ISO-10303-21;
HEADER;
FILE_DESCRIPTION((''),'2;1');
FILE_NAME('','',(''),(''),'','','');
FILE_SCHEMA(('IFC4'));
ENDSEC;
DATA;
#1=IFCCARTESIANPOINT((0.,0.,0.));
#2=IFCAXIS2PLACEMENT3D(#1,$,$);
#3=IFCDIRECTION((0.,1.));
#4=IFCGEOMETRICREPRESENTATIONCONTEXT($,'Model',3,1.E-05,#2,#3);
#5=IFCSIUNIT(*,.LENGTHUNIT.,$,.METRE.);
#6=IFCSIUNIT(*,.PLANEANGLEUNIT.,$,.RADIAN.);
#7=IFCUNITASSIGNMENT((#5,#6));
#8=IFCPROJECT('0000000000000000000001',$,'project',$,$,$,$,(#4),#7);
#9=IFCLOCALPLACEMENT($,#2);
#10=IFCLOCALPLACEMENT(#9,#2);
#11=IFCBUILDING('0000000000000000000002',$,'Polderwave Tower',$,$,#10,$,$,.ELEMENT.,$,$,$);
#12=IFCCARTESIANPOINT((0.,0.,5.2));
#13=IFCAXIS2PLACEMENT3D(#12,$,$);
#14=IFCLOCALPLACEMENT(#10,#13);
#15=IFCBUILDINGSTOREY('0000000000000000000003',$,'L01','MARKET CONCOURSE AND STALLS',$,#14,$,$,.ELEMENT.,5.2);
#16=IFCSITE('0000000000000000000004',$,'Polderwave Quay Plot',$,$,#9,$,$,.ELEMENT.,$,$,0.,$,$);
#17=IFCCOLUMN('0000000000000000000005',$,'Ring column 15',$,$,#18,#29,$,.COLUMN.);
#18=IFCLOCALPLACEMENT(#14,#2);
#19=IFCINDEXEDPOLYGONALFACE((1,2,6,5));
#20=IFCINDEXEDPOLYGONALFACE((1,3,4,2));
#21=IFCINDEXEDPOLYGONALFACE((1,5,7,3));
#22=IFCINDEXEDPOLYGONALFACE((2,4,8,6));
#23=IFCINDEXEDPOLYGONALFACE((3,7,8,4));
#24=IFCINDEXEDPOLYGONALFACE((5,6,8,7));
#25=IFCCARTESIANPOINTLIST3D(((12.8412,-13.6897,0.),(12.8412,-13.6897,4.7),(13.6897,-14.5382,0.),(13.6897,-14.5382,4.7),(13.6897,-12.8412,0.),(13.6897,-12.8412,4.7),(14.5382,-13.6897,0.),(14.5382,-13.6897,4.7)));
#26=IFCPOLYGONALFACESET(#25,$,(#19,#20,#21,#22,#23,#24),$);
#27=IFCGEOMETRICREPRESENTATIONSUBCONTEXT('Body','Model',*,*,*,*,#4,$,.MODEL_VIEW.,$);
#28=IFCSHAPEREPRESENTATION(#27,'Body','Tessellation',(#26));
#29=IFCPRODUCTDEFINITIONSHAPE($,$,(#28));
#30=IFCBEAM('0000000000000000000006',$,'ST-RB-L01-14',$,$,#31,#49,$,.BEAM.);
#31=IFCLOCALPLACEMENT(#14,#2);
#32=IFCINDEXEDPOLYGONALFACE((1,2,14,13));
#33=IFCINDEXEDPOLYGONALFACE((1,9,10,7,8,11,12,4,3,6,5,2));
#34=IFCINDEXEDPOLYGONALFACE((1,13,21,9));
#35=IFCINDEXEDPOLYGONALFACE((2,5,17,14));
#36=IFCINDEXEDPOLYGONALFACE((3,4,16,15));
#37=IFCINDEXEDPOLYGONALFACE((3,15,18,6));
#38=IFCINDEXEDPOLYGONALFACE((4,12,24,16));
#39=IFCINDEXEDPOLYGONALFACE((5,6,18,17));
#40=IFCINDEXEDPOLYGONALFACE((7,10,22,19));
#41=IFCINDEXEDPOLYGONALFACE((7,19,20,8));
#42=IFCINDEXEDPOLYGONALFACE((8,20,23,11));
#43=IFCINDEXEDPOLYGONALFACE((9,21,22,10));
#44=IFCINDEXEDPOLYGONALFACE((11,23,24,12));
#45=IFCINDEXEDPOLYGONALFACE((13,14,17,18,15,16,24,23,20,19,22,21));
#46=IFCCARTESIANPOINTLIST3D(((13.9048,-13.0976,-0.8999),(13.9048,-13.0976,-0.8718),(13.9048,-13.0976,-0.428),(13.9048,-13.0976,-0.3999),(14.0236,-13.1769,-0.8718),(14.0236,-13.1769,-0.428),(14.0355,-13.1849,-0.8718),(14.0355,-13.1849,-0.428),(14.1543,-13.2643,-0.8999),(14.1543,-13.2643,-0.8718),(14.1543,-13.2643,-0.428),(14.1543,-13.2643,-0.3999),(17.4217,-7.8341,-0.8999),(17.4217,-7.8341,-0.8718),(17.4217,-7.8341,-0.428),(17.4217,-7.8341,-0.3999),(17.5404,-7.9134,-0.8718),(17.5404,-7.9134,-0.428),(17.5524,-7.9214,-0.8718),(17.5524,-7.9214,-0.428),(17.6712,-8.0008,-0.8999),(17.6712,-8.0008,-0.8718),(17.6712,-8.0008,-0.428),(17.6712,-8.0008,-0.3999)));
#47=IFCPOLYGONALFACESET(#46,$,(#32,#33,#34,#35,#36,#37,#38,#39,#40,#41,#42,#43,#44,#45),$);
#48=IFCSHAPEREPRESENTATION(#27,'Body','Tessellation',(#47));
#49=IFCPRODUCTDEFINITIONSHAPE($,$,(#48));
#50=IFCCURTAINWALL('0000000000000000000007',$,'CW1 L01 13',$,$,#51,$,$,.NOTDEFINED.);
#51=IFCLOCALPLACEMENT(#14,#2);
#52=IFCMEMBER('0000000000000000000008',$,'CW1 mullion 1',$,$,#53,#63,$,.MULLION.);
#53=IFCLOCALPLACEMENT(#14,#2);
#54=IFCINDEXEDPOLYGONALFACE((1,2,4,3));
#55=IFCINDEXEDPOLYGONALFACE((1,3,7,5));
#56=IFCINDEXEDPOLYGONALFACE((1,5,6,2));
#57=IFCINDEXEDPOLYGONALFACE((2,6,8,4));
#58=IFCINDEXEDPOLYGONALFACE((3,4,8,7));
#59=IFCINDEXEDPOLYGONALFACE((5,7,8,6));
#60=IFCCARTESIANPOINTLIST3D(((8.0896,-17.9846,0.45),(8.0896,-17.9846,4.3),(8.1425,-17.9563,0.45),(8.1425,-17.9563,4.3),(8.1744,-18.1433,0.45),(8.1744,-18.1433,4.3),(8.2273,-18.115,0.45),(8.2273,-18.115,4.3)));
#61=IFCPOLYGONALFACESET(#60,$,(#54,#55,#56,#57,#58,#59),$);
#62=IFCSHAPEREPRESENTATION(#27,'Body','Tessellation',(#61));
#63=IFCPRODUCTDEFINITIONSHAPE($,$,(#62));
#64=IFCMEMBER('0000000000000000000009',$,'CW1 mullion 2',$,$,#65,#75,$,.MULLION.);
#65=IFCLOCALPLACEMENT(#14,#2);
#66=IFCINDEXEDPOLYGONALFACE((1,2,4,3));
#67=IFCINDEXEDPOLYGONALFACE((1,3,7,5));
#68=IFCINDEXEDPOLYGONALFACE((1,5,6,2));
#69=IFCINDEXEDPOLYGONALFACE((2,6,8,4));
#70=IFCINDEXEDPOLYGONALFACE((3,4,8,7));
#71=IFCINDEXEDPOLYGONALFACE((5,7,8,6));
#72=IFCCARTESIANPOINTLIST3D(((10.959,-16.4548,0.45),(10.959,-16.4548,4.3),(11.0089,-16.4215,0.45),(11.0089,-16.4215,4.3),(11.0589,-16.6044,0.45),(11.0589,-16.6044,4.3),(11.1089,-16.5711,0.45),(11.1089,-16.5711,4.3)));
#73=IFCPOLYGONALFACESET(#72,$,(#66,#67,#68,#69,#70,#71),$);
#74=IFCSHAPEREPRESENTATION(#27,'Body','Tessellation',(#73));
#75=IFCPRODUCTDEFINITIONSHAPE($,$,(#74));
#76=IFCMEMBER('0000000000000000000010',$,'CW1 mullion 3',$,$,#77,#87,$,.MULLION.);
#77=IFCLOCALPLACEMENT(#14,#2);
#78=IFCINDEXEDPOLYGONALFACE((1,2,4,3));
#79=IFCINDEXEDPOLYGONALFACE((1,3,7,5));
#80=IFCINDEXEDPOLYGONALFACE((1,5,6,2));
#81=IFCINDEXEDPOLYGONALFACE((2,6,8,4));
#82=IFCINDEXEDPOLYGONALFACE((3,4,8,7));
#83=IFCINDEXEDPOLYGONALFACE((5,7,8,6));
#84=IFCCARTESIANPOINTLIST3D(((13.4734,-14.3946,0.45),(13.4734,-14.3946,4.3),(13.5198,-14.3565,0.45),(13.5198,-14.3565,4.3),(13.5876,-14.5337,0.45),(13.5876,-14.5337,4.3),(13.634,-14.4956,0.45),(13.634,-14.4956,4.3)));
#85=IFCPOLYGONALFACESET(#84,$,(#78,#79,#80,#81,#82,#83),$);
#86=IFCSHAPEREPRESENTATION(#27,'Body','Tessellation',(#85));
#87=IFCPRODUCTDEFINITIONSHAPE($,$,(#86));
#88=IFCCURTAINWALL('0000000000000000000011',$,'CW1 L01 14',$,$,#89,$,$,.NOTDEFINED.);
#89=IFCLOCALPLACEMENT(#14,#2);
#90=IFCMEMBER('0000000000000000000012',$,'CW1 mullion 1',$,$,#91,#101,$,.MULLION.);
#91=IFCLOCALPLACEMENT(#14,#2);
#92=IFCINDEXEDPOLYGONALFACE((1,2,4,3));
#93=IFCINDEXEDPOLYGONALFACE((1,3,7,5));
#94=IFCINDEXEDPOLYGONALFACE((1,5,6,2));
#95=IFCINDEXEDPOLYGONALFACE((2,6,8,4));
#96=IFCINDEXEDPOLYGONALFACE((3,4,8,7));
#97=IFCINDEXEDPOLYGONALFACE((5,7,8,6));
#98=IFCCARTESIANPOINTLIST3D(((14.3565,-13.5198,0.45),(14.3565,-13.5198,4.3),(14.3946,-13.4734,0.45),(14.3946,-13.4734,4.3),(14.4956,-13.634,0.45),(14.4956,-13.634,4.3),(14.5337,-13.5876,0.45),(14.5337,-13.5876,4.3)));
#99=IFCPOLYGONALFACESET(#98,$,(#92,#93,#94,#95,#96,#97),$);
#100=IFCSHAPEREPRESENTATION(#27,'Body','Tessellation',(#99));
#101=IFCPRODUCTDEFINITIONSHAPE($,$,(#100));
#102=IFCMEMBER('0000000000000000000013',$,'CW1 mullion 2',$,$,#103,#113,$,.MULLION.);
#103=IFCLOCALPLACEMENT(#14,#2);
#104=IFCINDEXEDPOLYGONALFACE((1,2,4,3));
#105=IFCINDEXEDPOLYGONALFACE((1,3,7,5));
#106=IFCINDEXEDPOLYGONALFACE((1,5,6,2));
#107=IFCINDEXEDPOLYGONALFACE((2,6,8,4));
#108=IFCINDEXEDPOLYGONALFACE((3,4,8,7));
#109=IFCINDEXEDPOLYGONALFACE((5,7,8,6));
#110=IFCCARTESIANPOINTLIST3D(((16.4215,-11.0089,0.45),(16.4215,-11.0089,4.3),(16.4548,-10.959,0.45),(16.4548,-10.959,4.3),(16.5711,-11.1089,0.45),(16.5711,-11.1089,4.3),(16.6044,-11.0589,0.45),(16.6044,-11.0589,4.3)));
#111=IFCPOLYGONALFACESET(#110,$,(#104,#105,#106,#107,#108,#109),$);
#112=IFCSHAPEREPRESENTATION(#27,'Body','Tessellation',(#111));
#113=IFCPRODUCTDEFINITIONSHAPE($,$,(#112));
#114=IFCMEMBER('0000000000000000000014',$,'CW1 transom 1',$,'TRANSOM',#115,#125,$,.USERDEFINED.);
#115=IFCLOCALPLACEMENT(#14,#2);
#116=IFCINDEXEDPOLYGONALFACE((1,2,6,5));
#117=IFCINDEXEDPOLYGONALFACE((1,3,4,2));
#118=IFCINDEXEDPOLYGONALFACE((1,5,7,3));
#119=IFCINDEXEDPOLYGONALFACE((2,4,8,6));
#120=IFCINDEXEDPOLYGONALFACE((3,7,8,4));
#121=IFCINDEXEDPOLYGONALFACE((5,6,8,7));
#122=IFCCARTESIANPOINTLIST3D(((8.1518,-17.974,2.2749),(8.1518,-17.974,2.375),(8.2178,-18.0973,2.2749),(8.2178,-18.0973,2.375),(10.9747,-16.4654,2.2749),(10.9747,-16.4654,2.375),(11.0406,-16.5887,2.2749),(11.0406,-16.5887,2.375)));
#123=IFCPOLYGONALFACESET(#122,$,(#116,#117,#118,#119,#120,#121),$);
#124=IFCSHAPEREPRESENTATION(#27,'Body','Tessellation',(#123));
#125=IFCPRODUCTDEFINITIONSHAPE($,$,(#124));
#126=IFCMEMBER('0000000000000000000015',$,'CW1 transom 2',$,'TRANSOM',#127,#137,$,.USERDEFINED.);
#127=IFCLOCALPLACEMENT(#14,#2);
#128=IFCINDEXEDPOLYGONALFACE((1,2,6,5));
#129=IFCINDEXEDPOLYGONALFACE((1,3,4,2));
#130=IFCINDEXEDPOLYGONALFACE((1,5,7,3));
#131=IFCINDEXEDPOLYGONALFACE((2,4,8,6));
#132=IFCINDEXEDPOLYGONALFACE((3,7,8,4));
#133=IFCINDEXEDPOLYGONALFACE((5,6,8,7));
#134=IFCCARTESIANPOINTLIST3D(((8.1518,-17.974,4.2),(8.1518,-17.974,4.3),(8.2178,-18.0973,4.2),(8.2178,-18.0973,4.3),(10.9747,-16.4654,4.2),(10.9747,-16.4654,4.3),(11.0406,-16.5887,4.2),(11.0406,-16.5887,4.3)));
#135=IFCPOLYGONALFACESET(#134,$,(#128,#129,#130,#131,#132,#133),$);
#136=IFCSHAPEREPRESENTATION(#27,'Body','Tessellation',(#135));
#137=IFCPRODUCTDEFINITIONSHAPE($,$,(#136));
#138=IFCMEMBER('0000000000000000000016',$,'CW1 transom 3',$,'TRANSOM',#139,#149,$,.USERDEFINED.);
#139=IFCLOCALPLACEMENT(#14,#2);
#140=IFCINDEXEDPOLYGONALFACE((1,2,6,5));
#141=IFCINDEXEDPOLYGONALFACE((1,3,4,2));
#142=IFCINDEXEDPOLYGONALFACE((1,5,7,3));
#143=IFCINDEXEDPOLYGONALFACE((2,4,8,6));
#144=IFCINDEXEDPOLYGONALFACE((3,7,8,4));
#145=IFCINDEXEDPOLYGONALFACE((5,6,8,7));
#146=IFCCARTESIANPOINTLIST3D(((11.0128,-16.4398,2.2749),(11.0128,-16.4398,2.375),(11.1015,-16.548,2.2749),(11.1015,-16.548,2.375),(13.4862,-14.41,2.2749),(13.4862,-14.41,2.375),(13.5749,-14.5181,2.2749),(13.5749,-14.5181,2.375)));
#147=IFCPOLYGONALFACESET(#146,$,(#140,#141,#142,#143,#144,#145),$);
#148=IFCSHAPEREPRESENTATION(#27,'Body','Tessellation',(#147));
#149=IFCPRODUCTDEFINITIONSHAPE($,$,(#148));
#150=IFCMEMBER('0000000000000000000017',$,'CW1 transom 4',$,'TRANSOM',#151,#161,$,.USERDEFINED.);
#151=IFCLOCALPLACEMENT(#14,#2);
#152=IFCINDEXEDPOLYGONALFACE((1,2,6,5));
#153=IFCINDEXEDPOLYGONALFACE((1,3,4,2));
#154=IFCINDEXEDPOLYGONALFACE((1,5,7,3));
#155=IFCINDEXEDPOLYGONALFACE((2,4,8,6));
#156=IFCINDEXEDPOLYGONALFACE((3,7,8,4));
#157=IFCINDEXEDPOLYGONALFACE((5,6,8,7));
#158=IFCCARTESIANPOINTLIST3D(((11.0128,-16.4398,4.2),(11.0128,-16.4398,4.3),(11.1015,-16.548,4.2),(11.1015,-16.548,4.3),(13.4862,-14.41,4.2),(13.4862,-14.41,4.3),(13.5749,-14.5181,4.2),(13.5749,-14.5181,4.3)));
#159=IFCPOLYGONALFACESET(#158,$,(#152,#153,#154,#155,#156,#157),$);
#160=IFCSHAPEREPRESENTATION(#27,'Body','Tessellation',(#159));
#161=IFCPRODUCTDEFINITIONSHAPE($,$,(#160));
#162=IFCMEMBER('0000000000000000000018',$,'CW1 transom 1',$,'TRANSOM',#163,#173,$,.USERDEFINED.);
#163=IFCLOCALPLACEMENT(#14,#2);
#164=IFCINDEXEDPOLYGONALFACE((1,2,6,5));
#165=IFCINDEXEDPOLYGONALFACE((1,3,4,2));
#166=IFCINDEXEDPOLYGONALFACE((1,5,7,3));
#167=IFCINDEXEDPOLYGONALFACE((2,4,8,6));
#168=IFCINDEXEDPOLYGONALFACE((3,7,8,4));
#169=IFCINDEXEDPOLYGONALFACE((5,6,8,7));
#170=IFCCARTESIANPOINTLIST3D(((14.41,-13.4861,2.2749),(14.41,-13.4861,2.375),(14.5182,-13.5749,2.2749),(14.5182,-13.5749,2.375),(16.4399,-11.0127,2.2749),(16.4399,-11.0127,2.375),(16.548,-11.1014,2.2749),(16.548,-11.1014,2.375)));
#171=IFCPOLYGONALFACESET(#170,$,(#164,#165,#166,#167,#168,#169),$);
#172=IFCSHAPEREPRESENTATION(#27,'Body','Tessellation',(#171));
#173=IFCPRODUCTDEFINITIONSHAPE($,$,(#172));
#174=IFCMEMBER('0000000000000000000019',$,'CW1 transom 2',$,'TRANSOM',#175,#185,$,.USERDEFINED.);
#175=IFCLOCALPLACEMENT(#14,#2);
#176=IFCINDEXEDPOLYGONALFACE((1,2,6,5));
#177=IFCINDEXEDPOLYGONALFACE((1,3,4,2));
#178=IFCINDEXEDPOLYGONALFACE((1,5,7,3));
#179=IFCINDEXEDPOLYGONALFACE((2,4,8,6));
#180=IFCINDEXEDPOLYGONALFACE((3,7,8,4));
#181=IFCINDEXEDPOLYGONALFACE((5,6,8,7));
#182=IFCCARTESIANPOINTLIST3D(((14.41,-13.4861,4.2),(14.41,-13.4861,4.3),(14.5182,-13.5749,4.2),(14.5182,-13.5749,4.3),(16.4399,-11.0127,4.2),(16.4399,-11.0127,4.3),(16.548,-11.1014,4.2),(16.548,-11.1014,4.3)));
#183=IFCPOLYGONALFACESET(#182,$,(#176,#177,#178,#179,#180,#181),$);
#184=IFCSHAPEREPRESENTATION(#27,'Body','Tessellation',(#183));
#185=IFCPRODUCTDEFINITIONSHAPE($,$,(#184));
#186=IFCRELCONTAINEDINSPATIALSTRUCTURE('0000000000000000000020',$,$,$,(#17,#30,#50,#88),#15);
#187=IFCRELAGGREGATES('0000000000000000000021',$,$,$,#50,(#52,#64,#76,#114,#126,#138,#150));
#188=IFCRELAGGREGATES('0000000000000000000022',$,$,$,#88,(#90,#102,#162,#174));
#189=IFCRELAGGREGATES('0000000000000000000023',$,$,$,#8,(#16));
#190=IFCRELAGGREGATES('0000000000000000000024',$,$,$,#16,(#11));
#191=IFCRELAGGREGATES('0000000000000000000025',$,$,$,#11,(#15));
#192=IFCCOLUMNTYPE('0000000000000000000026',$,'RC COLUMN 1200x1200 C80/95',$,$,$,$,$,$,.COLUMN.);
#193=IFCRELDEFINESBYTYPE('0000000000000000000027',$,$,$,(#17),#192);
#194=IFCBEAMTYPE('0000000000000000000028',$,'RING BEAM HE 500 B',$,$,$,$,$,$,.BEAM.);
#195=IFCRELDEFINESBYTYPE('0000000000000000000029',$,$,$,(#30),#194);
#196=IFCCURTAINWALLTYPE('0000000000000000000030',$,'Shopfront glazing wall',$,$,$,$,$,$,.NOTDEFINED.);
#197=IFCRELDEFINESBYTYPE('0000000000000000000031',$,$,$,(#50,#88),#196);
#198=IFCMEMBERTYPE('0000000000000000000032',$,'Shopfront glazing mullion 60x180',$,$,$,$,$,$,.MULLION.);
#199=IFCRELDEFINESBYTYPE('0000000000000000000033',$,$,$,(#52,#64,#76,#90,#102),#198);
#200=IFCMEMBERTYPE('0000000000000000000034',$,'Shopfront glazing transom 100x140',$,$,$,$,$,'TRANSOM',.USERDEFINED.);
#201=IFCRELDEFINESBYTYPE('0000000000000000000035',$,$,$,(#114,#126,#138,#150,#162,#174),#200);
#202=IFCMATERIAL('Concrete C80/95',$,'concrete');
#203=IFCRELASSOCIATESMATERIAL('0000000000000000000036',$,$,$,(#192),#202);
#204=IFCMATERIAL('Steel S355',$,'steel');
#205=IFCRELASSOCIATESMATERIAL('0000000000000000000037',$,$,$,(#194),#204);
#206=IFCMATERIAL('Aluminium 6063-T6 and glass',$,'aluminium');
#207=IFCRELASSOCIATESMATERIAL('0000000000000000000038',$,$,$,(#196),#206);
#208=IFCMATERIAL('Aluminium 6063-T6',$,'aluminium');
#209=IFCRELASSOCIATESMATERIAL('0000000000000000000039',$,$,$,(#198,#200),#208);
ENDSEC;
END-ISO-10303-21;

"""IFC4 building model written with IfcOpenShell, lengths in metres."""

from ifc_helpers import new_model, si_unit, direction, frame, origin, origin_2d, place, context, subcontext, project, spatial, rectangle, i_section, extrude, material, material_profile, profile_set, type_object, element, aggregate, save


model = new_model("IFC4")

# Units and contexts
model_context = context("Model", 3, precision=1e-05, world=origin(), true_north=direction((0.0, 1.0)))
body_context = subcontext(model_context, "Body", "Model", "MODEL_VIEW")
ifc_project = project(units=[si_unit("LENGTHUNIT", "METRE"), si_unit("PLANEANGLEUNIT", "RADIAN")], contexts=[model_context])

# Site, building, storey
site_placement = place(None, origin())
site = spatial("IfcSite", under=ifc_project, at=site_placement, Name="Polderwave Quay Plot", CompositionType="ELEMENT", RefElevation=0.0)
building_placement = place(site_placement, origin())
building = spatial("IfcBuilding", under=site, at=building_placement, Name="Polderwave Tower", CompositionType="ELEMENT")
storey_placement = place(building_placement, frame((0.0, 0.0, 5.2)))
storey = spatial("IfcBuildingStorey", under=building, at=storey_placement, Name="L01", Description="MARKET CONCOURSE AND STALLS", CompositionType="ELEMENT", Elevation=5.2)

# Column
ifc_material_1 = material(Name="Concrete C80/95", Category="concrete")
ifc_material_profile_1 = material_profile(ifc_material_1, rectangle(XDim=1.2, YDim=1.2, at=origin_2d()), Name="RC 1200x1200")
ifc_profile_set_1 = profile_set([ifc_material_profile_1], Name="Concrete C80/95")
column_type = type_object("IfcColumnType", Name="RC COLUMN 1200x1200 C80/95", PredefinedType="COLUMN", material=ifc_profile_set_1)
column_placement = place(storey_placement, frame((13.6897, -13.6897, 0.0), z_axis=(0.0, 0.0, 1.0), x_axis=(0.707107, -0.707107, 0.0)))
element("IfcColumn", 1, at=column_placement, inside=storey, type_object=column_type, Name="Ring column 15", PredefinedType="COLUMN", context=body_context, shape_type="SweptSolid", body=[
    extrude(rectangle(XDim=1.2, YDim=1.2, at=origin_2d()), origin(), (0.0, 0.0, 1.0), 4.7),
])

# Beam
ifc_material_2 = material(Name="Steel S355", Category="steel")
ifc_material_profile_2 = material_profile(ifc_material_2, i_section(OverallWidth=0.3, OverallDepth=0.5, WebThickness=0.0144, FlangeThickness=0.0281, at=origin_2d()), Name="HE 500 B")
ifc_profile_set_2 = profile_set([ifc_material_profile_2], Name="Steel S355")
beam_type = type_object("IfcBeamType", Name="RING BEAM HE 500 B", PredefinedType="BEAM", material=ifc_profile_set_2)
beam_placement = place(storey_placement, frame((14.0295, -13.1809, -0.6499), z_axis=(0.555563, 0.831474, 0.0), x_axis=(-0.831474, 0.555563, 0.0)))
element("IfcBeam", 2, at=beam_placement, inside=storey, type_object=beam_type, Name="ST-RB-L01-14", PredefinedType="BEAM", context=body_context, shape_type="SweptSolid", body=[
    extrude(i_section(OverallWidth=0.3, OverallDepth=0.5, WebThickness=0.0144, FlangeThickness=0.0281, at=origin_2d()), origin(), (0.0, 0.0, 1.0), 6.3303),
])

# Curtain walls, members
ifc_material_3 = material(Name="Aluminium 6063-T6 and glass", Category="aluminium")
curtain_wall_type = type_object("IfcCurtainWallType", Name="Shopfront glazing wall", PredefinedType="NOTDEFINED", material=ifc_material_3)
curtain_wall_1_placement = place(storey_placement, origin())
curtain_wall_1 = element("IfcCurtainWall", 3, at=curtain_wall_1_placement, inside=storey, type_object=curtain_wall_type, Name="CW1 L01 13", PredefinedType="NOTDEFINED")
ifc_material_4 = material(Name="Aluminium 6063-T6", Category="aluminium")
ifc_material_profile_3 = material_profile(ifc_material_4, rectangle(XDim=0.1799, YDim=0.0601, at=origin_2d()), Name="AL 60x180")
ifc_profile_set_3 = profile_set([ifc_material_profile_3], Name="Aluminium 6063-T6")
member_type_1 = type_object("IfcMemberType", Name="Shopfront glazing mullion 60x180", PredefinedType="MULLION", material=ifc_profile_set_3)
member_1_placement = place(storey_placement, frame((8.1584, -18.0498, 0.45), z_axis=(0.0, 0.0, 1.0), x_axis=(-0.471361, 0.88194, 0.0)))
member_1 = element("IfcMember", 4, at=member_1_placement, type_object=member_type_1, Name="CW1 mullion 1", PredefinedType="MULLION", context=body_context, shape_type="SweptSolid", body=[
    extrude(rectangle(XDim=0.1799, YDim=0.0601, at=origin_2d()), origin(), (0.0, 0.0, 1.0), 3.8501),
])
member_2_placement = place(storey_placement, frame((11.0339, -16.5129, 0.45), z_axis=(0.0, 0.0, 1.0), x_axis=(-0.555554, 0.83148, 0.0)))
member_2 = element("IfcMember", 5, at=member_2_placement, type_object=member_type_1, Name="CW1 mullion 2", PredefinedType="MULLION", context=body_context, shape_type="SweptSolid", body=[
    extrude(rectangle(XDim=0.1799, YDim=0.0601, at=origin_2d()), origin(), (0.0, 0.0, 1.0), 3.8501),
])
member_3_placement = place(storey_placement, frame((13.5537, -14.4451, 0.45), z_axis=(0.0, 0.0, 1.0), x_axis=(-0.634396, 0.773008, 0.0)))
member_3 = element("IfcMember", 6, at=member_3_placement, type_object=member_type_1, Name="CW1 mullion 3", PredefinedType="MULLION", context=body_context, shape_type="SweptSolid", body=[
    extrude(rectangle(XDim=0.1799, YDim=0.0601, at=origin_2d()), origin(), (0.0, 0.0, 1.0), 3.8501),
])
curtain_wall_2_placement = place(storey_placement, origin())
curtain_wall_2 = element("IfcCurtainWall", 7, at=curtain_wall_2_placement, inside=storey, type_object=curtain_wall_type, Name="CW1 L01 14", PredefinedType="NOTDEFINED")
member_4_placement = place(storey_placement, frame((14.4451, -13.5537, 0.45), z_axis=(0.0, 0.0, 1.0), x_axis=(-0.773008, 0.634396, 0.0)))
member_4 = element("IfcMember", 8, at=member_4_placement, type_object=member_type_1, Name="CW1 mullion 1", PredefinedType="MULLION", context=body_context, shape_type="SweptSolid", body=[
    extrude(rectangle(XDim=0.1799, YDim=0.0601, at=origin_2d()), origin(), (0.0, 0.0, 1.0), 3.8501),
])
member_5_placement = place(storey_placement, frame((16.5129, -11.0339, 0.45), z_axis=(0.0, 0.0, 1.0), x_axis=(-0.83148, 0.555554, 0.0)))
member_5 = element("IfcMember", 9, at=member_5_placement, type_object=member_type_1, Name="CW1 mullion 2", PredefinedType="MULLION", context=body_context, shape_type="SweptSolid", body=[
    extrude(rectangle(XDim=0.1799, YDim=0.0601, at=origin_2d()), origin(), (0.0, 0.0, 1.0), 3.8501),
])

# Members
ifc_material_profile_4 = material_profile(ifc_material_4, rectangle(XDim=0.1399, YDim=0.1001, at=origin_2d()), Name="AL 100x140")
ifc_profile_set_4 = profile_set([ifc_material_profile_4], Name="Aluminium 6063-T6")
member_type_2 = type_object("IfcMemberType", Name="Shopfront glazing transom 100x140", ElementType="TRANSOM", PredefinedType="USERDEFINED", material=ifc_profile_set_4)
member_6_placement = place(storey_placement, frame((8.1848, -18.0356, 2.325), z_axis=(0.881954, 0.471336, 0.0), x_axis=(-0.471336, 0.881954, 0.0)))
member_6 = element("IfcMember", 10, at=member_6_placement, type_object=member_type_2, Name="CW1 transom 1", ObjectType="TRANSOM", PredefinedType="USERDEFINED", context=body_context, shape_type="SweptSolid", body=[
    extrude(rectangle(XDim=0.1399, YDim=0.1001, at=origin_2d()), origin(), (0.0, 0.0, 1.0), 3.2007),
])
member_7_placement = place(storey_placement, frame((8.1848, -18.0356, 4.25), z_axis=(0.881954, 0.471336, 0.0), x_axis=(-0.471336, 0.881954, 0.0)))
member_7 = element("IfcMember", 11, at=member_7_placement, type_object=member_type_2, Name="CW1 transom 2", ObjectType="TRANSOM", PredefinedType="USERDEFINED", context=body_context, shape_type="SweptSolid", body=[
    extrude(rectangle(XDim=0.1399, YDim=0.1001, at=origin_2d()), origin(), (0.0, 0.0, 1.0), 3.2007),
])
member_8_placement = place(storey_placement, frame((11.0571, -16.4939, 2.325), z_axis=(0.773022, 0.63438, 0.0), x_axis=(-0.63438, 0.773022, 0.0)))
member_8 = element("IfcMember", 12, at=member_8_placement, type_object=member_type_2, Name="CW1 transom 3", ObjectType="TRANSOM", PredefinedType="USERDEFINED", context=body_context, shape_type="SweptSolid", body=[
    extrude(rectangle(XDim=0.1399, YDim=0.1001, at=origin_2d()), origin(), (0.0, 0.0, 1.0), 3.1997),
])
member_9_placement = place(storey_placement, frame((11.0571, -16.4939, 4.25), z_axis=(0.773022, 0.63438, 0.0), x_axis=(-0.63438, 0.773022, 0.0)))
member_9 = element("IfcMember", 13, at=member_9_placement, type_object=member_type_2, Name="CW1 transom 4", ObjectType="TRANSOM", PredefinedType="USERDEFINED", context=body_context, shape_type="SweptSolid", body=[
    extrude(rectangle(XDim=0.1399, YDim=0.1001, at=origin_2d()), origin(), (0.0, 0.0, 1.0), 3.1997),
])
member_10_placement = place(storey_placement, frame((14.4641, -13.5305, 2.325), z_axis=(0.63438, 0.773022, 0.0), x_axis=(-0.773022, 0.63438, 0.0)))
member_10 = element("IfcMember", 14, at=member_10_placement, type_object=member_type_2, Name="CW1 transom 1", ObjectType="TRANSOM", PredefinedType="USERDEFINED", context=body_context, shape_type="SweptSolid", body=[
    extrude(rectangle(XDim=0.1399, YDim=0.1001, at=origin_2d()), origin(), (0.0, 0.0, 1.0), 3.1997),
])
member_11_placement = place(storey_placement, frame((14.4641, -13.5305, 4.25), z_axis=(0.63438, 0.773022, 0.0), x_axis=(-0.773022, 0.63438, 0.0)))
member_11 = element("IfcMember", 15, at=member_11_placement, type_object=member_type_2, Name="CW1 transom 2", ObjectType="TRANSOM", PredefinedType="USERDEFINED", context=body_context, shape_type="SweptSolid", body=[
    extrude(rectangle(XDim=0.1399, YDim=0.1001, at=origin_2d()), origin(), (0.0, 0.0, 1.0), 3.1997),
])

aggregate(curtain_wall_1, [member_1, member_2, member_3, member_6, member_7, member_8, member_9])
aggregate(curtain_wall_2, [member_4, member_5, member_10, member_11])

save(model, "model.ifc")
